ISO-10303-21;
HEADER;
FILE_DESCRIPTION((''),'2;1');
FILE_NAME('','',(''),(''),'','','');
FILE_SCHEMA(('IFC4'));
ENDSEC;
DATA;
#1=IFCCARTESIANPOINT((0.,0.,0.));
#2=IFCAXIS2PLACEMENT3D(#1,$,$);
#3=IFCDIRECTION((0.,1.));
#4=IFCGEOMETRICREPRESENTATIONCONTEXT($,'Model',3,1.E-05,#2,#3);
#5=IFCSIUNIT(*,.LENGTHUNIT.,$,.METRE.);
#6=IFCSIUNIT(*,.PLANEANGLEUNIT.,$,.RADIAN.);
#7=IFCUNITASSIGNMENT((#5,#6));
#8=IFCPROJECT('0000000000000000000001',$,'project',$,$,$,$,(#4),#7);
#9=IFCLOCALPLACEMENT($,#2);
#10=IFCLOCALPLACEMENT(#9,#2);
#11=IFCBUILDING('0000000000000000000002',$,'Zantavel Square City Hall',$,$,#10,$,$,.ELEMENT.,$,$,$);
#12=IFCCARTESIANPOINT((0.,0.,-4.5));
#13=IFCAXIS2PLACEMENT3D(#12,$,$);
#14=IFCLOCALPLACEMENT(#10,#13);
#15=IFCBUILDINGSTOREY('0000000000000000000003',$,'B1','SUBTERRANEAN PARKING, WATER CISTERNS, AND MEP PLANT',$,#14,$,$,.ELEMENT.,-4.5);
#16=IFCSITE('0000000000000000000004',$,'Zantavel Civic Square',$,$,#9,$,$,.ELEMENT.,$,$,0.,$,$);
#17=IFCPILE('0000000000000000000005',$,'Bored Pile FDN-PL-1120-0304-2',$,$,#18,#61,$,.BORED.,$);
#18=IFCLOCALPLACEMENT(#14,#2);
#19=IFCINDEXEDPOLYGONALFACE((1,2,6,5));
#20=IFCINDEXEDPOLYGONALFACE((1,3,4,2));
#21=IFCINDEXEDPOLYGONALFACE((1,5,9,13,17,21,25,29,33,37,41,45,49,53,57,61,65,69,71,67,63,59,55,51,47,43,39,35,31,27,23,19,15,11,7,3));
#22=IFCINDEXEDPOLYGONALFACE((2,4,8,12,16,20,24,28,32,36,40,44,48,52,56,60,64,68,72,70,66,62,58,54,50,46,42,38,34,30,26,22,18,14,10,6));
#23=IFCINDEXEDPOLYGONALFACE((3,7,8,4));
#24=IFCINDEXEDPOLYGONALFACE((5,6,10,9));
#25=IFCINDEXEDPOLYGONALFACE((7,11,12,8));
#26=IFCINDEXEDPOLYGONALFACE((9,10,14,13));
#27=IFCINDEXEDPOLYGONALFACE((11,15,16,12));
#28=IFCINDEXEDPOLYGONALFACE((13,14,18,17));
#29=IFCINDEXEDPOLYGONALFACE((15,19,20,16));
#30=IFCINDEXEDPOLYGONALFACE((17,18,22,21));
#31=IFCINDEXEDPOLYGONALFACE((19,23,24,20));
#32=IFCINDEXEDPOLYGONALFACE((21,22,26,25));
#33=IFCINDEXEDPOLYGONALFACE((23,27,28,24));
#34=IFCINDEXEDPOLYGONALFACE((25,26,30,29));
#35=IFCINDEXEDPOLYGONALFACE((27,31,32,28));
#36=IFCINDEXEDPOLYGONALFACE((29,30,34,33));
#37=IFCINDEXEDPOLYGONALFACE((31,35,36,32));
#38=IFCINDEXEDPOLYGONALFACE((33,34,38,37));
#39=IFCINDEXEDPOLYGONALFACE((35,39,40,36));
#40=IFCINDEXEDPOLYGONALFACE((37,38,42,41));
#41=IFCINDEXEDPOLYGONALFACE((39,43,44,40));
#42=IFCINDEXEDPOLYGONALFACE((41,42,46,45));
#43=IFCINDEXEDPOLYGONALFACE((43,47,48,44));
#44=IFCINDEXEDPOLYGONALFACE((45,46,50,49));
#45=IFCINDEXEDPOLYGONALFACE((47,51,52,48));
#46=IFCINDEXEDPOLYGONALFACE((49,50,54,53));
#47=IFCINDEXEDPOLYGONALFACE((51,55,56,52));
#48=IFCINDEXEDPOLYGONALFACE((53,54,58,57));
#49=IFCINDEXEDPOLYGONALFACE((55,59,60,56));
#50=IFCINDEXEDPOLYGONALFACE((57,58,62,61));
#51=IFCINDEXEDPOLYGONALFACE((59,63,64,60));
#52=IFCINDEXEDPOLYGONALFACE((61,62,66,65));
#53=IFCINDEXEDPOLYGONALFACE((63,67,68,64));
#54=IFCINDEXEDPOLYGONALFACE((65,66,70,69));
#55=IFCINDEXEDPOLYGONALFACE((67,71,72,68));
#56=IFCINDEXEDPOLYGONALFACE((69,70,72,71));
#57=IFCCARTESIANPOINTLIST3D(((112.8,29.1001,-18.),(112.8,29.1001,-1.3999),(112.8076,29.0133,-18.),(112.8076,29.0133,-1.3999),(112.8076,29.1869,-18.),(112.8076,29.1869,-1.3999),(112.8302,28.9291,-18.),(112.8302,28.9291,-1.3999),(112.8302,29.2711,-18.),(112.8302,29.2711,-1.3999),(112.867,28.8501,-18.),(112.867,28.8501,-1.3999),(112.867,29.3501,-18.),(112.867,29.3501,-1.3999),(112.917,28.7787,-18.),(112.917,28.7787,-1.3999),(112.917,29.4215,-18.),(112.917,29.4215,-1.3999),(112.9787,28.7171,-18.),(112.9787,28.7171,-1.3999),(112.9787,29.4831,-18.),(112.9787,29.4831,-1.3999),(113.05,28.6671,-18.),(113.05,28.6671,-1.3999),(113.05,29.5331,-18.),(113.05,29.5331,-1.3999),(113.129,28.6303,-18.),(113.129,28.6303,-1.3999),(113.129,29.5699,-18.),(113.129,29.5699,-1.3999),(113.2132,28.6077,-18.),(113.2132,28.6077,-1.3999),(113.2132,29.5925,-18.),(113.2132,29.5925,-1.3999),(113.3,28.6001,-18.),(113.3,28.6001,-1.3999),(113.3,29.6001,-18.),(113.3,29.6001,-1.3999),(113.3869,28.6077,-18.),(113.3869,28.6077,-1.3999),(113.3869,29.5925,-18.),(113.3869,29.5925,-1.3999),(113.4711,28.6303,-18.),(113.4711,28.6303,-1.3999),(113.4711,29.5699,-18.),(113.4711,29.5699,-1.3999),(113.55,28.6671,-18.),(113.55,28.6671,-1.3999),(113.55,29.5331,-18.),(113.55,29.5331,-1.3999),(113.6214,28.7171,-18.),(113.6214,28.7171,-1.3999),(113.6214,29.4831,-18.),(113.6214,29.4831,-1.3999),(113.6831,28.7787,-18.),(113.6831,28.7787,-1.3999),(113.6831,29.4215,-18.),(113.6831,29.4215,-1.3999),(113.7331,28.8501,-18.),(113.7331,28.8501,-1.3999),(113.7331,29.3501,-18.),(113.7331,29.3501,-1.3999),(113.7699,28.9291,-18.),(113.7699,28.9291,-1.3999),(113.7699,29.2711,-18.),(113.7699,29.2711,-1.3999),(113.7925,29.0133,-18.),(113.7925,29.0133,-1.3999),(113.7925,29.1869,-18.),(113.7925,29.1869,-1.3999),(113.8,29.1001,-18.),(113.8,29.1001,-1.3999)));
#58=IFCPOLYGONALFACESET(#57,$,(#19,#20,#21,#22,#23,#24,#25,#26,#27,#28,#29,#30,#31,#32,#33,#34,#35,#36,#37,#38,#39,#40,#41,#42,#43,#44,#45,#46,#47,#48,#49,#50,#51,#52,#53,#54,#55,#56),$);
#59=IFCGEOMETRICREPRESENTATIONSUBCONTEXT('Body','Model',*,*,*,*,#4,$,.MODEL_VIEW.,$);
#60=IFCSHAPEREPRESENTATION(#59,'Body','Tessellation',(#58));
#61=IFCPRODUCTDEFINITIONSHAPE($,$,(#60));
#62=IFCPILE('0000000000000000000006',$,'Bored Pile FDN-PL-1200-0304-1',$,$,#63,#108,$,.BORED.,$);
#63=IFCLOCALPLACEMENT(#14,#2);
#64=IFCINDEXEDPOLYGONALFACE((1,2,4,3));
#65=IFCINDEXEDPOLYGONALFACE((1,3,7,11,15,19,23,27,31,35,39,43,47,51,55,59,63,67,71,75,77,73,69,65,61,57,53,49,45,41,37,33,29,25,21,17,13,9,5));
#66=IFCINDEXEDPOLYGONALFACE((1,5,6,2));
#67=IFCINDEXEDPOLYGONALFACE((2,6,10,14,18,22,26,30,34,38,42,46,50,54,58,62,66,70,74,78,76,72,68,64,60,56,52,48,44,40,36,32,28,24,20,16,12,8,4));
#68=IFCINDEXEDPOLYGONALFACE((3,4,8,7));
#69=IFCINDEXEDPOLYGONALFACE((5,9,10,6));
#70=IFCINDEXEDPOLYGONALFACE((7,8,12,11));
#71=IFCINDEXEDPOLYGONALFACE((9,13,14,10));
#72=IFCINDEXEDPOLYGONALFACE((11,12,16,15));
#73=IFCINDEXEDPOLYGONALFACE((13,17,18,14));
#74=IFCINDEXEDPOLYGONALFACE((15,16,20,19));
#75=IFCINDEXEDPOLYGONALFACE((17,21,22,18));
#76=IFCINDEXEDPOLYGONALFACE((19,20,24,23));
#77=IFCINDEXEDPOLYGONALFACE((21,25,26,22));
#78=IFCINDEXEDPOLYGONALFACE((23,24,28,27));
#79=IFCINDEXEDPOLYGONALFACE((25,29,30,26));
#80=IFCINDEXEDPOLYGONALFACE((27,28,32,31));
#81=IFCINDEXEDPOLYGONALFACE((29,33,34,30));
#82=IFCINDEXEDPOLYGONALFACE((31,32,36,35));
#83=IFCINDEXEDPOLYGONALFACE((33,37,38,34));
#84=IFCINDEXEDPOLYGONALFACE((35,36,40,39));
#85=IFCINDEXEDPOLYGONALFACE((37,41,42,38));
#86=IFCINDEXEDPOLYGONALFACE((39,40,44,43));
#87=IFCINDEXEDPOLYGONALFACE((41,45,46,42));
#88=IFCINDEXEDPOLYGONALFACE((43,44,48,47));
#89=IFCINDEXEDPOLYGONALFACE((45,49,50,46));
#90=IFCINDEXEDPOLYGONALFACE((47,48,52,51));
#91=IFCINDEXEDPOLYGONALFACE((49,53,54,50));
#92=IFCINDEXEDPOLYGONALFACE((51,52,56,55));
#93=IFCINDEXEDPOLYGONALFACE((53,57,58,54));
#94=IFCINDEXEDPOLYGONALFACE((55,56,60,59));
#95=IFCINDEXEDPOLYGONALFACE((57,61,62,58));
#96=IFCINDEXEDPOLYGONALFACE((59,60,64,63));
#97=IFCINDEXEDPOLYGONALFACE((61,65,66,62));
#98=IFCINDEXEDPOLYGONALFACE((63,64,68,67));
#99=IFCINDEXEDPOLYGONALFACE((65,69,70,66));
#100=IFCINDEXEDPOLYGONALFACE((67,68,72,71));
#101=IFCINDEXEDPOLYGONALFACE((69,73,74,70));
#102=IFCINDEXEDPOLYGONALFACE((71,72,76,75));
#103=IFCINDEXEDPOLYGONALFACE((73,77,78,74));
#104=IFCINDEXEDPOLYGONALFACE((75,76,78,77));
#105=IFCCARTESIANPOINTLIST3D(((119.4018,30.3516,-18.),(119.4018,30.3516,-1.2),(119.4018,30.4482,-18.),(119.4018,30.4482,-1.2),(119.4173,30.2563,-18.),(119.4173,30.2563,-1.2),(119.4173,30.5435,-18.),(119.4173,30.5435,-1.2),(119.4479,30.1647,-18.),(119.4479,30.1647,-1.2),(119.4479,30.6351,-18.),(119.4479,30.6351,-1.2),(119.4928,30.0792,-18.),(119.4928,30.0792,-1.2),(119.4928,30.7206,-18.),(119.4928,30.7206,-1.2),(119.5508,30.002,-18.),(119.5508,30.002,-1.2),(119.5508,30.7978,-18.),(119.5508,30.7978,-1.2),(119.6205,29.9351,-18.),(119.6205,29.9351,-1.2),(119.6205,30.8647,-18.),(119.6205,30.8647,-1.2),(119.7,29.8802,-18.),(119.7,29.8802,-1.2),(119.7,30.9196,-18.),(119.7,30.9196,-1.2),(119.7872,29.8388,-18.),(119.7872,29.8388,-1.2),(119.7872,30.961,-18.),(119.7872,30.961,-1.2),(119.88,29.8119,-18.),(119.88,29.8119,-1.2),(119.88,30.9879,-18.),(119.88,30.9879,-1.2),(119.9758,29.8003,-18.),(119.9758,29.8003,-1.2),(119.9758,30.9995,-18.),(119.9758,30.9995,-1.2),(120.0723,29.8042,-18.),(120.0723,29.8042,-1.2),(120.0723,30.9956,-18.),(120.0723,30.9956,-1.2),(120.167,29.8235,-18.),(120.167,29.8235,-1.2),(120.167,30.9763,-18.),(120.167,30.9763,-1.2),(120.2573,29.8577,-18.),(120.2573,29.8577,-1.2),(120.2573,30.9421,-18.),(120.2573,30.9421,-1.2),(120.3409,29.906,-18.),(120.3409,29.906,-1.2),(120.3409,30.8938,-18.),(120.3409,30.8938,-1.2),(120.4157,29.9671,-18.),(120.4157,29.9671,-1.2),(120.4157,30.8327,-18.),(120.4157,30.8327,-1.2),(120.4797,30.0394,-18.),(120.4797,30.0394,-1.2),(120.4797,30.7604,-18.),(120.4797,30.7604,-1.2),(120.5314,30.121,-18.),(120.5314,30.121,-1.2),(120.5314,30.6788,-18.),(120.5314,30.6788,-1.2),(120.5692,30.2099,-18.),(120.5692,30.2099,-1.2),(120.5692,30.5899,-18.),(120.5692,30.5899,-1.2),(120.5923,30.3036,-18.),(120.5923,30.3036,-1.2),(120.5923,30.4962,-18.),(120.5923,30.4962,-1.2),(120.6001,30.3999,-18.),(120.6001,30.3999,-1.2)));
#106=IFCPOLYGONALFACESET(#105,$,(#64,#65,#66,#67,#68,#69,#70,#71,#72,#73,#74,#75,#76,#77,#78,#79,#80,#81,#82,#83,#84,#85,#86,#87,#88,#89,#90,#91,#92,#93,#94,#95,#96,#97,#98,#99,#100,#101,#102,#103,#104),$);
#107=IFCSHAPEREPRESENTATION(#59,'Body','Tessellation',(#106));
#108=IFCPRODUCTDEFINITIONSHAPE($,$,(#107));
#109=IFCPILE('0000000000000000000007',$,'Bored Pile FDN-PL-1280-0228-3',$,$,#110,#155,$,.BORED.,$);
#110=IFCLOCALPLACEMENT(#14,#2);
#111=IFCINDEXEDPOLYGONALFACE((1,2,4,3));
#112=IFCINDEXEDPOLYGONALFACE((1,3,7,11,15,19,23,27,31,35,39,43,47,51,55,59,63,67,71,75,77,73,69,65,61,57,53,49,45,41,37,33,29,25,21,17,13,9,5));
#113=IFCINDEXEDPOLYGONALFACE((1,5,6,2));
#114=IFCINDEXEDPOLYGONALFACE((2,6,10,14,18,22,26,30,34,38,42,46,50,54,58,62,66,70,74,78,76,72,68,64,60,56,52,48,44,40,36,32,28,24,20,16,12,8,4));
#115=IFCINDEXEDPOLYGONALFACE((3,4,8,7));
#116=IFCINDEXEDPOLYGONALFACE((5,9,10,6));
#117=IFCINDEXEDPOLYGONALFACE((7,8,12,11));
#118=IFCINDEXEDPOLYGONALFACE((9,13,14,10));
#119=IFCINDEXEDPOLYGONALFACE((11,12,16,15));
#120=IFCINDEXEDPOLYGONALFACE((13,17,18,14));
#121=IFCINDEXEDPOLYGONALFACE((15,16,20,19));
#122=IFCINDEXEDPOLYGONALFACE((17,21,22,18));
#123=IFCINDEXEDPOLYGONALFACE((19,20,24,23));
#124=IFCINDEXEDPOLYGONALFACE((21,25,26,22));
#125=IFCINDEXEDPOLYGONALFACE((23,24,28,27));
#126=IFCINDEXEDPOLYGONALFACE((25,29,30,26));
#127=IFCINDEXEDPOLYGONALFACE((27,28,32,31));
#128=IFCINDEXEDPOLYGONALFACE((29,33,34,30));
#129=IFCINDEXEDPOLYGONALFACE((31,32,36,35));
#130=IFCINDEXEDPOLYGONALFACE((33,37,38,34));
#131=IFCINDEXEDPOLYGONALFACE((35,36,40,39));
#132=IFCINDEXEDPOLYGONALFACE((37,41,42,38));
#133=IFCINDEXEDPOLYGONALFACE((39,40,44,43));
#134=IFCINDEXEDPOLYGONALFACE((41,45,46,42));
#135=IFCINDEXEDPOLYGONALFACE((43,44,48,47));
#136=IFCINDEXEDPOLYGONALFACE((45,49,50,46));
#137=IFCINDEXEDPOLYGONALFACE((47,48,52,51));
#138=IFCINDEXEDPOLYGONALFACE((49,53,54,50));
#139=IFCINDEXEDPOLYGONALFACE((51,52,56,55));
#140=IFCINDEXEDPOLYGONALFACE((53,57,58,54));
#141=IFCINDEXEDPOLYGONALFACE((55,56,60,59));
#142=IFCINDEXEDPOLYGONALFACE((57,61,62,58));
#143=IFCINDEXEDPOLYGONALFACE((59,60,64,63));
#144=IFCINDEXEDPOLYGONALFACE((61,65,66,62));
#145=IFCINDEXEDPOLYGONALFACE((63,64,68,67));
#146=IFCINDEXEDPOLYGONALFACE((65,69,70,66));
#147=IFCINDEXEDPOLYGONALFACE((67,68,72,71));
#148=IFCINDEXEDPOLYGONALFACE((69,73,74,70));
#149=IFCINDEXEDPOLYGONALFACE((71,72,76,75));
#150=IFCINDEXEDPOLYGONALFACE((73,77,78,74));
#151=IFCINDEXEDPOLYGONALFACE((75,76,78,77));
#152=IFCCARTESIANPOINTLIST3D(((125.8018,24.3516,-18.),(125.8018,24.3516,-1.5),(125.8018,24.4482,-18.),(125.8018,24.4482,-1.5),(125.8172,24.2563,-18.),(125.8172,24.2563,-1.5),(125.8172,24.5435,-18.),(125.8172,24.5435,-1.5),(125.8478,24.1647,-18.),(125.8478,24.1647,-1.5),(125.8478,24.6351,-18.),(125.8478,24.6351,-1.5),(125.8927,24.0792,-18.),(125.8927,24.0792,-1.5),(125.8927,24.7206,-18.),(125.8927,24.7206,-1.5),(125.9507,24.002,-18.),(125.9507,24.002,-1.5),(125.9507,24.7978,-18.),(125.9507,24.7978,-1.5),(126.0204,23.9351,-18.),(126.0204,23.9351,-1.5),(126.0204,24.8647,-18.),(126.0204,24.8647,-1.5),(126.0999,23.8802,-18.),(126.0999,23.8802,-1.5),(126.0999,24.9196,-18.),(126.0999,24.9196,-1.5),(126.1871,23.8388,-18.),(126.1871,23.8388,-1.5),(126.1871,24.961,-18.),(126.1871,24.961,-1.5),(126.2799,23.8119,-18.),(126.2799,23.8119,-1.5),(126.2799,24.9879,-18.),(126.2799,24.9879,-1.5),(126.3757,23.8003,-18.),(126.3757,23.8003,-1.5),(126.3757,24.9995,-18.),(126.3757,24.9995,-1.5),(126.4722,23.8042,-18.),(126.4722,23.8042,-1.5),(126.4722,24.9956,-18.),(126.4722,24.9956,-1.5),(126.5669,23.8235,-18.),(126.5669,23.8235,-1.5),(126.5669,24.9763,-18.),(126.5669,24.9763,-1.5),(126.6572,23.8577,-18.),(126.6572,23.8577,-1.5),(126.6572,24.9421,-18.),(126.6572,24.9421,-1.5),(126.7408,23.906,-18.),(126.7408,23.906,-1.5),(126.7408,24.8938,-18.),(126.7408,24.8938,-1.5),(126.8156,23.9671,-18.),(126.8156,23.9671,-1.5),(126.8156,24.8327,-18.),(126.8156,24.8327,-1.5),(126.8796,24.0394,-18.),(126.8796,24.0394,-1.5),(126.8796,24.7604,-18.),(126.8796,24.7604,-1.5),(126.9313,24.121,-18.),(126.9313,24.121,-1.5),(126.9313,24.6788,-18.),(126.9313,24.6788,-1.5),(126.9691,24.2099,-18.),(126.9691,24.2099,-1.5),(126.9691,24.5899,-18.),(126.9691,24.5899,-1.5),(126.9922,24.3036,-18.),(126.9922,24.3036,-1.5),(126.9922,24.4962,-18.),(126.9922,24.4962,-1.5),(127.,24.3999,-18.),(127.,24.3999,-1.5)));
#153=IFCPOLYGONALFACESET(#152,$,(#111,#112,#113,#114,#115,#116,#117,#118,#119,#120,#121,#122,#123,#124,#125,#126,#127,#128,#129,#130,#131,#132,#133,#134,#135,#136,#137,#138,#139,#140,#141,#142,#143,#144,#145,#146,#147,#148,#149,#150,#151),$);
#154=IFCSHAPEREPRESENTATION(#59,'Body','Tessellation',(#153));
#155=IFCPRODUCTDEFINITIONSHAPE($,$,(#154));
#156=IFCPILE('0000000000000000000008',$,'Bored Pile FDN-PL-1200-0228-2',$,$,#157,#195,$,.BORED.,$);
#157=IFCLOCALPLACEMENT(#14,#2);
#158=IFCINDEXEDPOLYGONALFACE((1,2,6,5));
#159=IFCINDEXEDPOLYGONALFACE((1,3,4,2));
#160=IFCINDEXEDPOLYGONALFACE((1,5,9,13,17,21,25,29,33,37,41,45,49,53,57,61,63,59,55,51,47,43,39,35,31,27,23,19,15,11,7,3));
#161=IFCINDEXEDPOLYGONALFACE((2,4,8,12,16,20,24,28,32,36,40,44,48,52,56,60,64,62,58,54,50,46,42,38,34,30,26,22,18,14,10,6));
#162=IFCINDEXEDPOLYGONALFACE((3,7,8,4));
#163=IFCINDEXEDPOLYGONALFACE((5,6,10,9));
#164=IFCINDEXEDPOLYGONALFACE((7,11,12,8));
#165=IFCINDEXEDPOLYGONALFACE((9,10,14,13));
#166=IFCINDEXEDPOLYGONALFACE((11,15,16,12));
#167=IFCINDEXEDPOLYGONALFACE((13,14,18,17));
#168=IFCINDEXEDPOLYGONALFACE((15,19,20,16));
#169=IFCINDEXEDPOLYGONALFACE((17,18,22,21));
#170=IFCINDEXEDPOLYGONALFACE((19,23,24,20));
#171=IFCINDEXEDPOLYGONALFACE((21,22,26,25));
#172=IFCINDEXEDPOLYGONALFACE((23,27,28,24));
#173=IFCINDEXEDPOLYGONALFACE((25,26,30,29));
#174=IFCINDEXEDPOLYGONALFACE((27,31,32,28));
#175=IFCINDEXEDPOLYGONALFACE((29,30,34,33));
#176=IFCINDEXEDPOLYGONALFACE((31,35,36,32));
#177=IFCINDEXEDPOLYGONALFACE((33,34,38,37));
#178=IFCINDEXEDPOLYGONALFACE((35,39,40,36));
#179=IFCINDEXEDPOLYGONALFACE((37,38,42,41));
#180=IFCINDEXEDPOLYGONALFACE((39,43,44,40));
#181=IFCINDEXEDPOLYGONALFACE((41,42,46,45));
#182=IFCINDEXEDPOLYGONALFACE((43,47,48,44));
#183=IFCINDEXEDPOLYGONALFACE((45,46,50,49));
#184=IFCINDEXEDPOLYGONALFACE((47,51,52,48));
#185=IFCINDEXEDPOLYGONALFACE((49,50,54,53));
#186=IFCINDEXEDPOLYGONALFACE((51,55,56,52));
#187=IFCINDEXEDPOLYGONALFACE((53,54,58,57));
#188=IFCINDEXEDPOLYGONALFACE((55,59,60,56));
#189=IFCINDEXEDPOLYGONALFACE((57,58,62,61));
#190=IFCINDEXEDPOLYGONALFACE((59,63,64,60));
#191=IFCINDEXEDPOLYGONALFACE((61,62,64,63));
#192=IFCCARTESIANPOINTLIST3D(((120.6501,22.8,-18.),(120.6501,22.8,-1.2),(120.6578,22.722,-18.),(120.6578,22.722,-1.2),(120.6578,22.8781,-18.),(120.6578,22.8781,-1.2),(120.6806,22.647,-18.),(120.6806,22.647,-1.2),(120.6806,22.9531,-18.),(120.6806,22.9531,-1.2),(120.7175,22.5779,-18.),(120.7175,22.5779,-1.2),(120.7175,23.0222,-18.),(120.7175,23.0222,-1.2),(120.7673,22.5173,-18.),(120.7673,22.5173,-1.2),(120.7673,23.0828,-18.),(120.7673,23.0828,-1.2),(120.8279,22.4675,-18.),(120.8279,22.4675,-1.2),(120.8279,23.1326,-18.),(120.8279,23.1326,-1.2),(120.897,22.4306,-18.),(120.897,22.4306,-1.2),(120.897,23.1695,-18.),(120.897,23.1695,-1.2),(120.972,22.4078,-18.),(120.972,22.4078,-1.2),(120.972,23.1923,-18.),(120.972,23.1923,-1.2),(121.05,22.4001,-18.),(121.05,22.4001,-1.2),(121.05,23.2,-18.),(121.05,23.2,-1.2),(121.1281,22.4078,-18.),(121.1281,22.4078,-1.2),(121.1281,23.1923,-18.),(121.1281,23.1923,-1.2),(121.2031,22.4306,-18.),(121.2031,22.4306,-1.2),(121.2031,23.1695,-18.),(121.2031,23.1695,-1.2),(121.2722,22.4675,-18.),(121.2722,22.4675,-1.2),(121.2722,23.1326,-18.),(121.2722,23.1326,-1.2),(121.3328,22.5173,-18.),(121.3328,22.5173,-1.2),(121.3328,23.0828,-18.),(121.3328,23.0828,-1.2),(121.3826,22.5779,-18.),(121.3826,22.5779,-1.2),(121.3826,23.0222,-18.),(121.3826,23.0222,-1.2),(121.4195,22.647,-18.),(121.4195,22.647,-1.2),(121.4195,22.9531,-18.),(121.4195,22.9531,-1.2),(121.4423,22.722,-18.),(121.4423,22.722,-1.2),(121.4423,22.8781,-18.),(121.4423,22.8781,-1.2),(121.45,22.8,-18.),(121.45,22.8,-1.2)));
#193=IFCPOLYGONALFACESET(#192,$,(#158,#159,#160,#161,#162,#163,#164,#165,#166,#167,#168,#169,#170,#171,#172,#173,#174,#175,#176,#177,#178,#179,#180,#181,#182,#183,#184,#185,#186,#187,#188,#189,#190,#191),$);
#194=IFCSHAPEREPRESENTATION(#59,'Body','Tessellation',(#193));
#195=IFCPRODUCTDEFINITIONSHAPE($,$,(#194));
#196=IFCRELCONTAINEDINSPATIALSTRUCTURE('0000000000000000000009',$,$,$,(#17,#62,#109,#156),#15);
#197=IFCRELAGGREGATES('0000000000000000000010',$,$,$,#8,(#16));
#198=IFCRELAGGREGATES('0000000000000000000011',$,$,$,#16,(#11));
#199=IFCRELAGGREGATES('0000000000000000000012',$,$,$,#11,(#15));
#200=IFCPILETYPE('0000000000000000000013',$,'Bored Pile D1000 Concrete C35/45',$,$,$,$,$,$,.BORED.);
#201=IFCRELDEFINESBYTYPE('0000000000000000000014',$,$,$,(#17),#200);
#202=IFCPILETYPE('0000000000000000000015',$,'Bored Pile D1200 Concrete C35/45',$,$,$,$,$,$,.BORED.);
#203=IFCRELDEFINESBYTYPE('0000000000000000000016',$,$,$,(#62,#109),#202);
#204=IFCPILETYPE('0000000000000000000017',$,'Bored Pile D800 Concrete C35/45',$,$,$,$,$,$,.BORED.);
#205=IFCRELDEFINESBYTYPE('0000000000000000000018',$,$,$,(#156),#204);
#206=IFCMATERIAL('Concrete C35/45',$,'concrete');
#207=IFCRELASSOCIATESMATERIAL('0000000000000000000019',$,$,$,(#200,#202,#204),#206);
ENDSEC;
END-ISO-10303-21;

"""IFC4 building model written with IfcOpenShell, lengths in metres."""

from ifc_helpers import new_model, si_unit, direction, frame, origin, origin_2d, place, context, subcontext, project, spatial, circle, extrude, material, material_profile, profile_set, type_object, element, save


model = new_model("IFC4")

# Units and contexts
model_context = context("Model", 3, precision=1e-05, world=origin(), true_north=direction((0.0, 1.0)))
body_context = subcontext(model_context, "Body", "Model", "MODEL_VIEW")
ifc_project = project(units=[si_unit("LENGTHUNIT", "METRE"), si_unit("PLANEANGLEUNIT", "RADIAN")], contexts=[model_context])

# Site, building, storey
site_placement = place(None, origin())
site = spatial("IfcSite", under=ifc_project, at=site_placement, Name="Zantavel Civic Square", CompositionType="ELEMENT", RefElevation=0.0)
building_placement = place(site_placement, origin())
building = spatial("IfcBuilding", under=site, at=building_placement, Name="Zantavel Square City Hall", CompositionType="ELEMENT")
storey_placement = place(building_placement, frame((0.0, 0.0, -4.5)))
storey = spatial("IfcBuildingStorey", under=building, at=storey_placement, Name="B1", Description="SUBTERRANEAN PARKING, WATER CISTERNS, AND MEP PLANT", CompositionType="ELEMENT", Elevation=-4.5)

# Piles
ifc_material_1 = material(Name="Concrete C35/45", Category="concrete")
ifc_material_profile_1 = material_profile(ifc_material_1, circle(Radius=0.5, at=origin_2d()), Name="PILE D1000")
ifc_profile_set_1 = profile_set([ifc_material_profile_1], Name="Concrete C35/45")
pile_type_1 = type_object("IfcPileType", Name="Bored Pile D1000 Concrete C35/45", PredefinedType="BORED", material=ifc_profile_set_1)
pile_1_placement = place(storey_placement, frame((113.3, 29.1001, -1.3999), z_axis=(0.0, 0.0, -1.0), x_axis=(1.0, 0.0, 0.0)))
element("IfcPile", 1, at=pile_1_placement, inside=storey, type_object=pile_type_1, Name="Bored Pile FDN-PL-1120-0304-2", PredefinedType="BORED", context=body_context, shape_type="SweptSolid", body=[
    extrude(circle(Radius=0.5, at=origin_2d()), origin(), (0.0, 0.0, 1.0), 16.6001),
])
ifc_material_profile_2 = material_profile(ifc_material_1, circle(Radius=0.6001, at=origin_2d()), Name="PILE D1200")
ifc_profile_set_2 = profile_set([ifc_material_profile_2], Name="Concrete C35/45")
pile_type_2 = type_object("IfcPileType", Name="Bored Pile D1200 Concrete C35/45", PredefinedType="BORED", material=ifc_profile_set_2)
pile_2_placement = place(storey_placement, frame((120.0, 30.3999, -1.2), z_axis=(0.0, 0.0, -1.0), x_axis=(1.0, 0.0, 0.0)))
element("IfcPile", 2, at=pile_2_placement, inside=storey, type_object=pile_type_2, Name="Bored Pile FDN-PL-1200-0304-1", PredefinedType="BORED", context=body_context, shape_type="SweptSolid", body=[
    extrude(circle(Radius=0.6001, at=origin_2d()), origin(), (0.0, 0.0, 1.0), 16.8),
])
pile_3_placement = place(storey_placement, frame((126.3999, 24.3999, -1.5), z_axis=(0.0, 0.0, -1.0), x_axis=(1.0, 0.0, 0.0)))
element("IfcPile", 3, at=pile_3_placement, inside=storey, type_object=pile_type_2, Name="Bored Pile FDN-PL-1280-0228-3", PredefinedType="BORED", context=body_context, shape_type="SweptSolid", body=[
    extrude(circle(Radius=0.6001, at=origin_2d()), origin(), (0.0, 0.0, 1.0), 16.5),
])
ifc_material_profile_3 = material_profile(ifc_material_1, circle(Radius=0.3999, at=origin_2d()), Name="PILE D800")
ifc_profile_set_3 = profile_set([ifc_material_profile_3], Name="Concrete C35/45")
pile_type_3 = type_object("IfcPileType", Name="Bored Pile D800 Concrete C35/45", PredefinedType="BORED", material=ifc_profile_set_3)
pile_4_placement = place(storey_placement, frame((121.05, 22.8, -1.2), z_axis=(0.0, 0.0, -1.0), x_axis=(1.0, 0.0, 0.0)))
element("IfcPile", 4, at=pile_4_placement, inside=storey, type_object=pile_type_3, Name="Bored Pile FDN-PL-1200-0228-2", PredefinedType="BORED", context=body_context, shape_type="SweptSolid", body=[
    extrude(circle(Radius=0.3999, at=origin_2d()), origin(), (0.0, 0.0, 1.0), 16.8),
])

save(model, "model.ifc")
